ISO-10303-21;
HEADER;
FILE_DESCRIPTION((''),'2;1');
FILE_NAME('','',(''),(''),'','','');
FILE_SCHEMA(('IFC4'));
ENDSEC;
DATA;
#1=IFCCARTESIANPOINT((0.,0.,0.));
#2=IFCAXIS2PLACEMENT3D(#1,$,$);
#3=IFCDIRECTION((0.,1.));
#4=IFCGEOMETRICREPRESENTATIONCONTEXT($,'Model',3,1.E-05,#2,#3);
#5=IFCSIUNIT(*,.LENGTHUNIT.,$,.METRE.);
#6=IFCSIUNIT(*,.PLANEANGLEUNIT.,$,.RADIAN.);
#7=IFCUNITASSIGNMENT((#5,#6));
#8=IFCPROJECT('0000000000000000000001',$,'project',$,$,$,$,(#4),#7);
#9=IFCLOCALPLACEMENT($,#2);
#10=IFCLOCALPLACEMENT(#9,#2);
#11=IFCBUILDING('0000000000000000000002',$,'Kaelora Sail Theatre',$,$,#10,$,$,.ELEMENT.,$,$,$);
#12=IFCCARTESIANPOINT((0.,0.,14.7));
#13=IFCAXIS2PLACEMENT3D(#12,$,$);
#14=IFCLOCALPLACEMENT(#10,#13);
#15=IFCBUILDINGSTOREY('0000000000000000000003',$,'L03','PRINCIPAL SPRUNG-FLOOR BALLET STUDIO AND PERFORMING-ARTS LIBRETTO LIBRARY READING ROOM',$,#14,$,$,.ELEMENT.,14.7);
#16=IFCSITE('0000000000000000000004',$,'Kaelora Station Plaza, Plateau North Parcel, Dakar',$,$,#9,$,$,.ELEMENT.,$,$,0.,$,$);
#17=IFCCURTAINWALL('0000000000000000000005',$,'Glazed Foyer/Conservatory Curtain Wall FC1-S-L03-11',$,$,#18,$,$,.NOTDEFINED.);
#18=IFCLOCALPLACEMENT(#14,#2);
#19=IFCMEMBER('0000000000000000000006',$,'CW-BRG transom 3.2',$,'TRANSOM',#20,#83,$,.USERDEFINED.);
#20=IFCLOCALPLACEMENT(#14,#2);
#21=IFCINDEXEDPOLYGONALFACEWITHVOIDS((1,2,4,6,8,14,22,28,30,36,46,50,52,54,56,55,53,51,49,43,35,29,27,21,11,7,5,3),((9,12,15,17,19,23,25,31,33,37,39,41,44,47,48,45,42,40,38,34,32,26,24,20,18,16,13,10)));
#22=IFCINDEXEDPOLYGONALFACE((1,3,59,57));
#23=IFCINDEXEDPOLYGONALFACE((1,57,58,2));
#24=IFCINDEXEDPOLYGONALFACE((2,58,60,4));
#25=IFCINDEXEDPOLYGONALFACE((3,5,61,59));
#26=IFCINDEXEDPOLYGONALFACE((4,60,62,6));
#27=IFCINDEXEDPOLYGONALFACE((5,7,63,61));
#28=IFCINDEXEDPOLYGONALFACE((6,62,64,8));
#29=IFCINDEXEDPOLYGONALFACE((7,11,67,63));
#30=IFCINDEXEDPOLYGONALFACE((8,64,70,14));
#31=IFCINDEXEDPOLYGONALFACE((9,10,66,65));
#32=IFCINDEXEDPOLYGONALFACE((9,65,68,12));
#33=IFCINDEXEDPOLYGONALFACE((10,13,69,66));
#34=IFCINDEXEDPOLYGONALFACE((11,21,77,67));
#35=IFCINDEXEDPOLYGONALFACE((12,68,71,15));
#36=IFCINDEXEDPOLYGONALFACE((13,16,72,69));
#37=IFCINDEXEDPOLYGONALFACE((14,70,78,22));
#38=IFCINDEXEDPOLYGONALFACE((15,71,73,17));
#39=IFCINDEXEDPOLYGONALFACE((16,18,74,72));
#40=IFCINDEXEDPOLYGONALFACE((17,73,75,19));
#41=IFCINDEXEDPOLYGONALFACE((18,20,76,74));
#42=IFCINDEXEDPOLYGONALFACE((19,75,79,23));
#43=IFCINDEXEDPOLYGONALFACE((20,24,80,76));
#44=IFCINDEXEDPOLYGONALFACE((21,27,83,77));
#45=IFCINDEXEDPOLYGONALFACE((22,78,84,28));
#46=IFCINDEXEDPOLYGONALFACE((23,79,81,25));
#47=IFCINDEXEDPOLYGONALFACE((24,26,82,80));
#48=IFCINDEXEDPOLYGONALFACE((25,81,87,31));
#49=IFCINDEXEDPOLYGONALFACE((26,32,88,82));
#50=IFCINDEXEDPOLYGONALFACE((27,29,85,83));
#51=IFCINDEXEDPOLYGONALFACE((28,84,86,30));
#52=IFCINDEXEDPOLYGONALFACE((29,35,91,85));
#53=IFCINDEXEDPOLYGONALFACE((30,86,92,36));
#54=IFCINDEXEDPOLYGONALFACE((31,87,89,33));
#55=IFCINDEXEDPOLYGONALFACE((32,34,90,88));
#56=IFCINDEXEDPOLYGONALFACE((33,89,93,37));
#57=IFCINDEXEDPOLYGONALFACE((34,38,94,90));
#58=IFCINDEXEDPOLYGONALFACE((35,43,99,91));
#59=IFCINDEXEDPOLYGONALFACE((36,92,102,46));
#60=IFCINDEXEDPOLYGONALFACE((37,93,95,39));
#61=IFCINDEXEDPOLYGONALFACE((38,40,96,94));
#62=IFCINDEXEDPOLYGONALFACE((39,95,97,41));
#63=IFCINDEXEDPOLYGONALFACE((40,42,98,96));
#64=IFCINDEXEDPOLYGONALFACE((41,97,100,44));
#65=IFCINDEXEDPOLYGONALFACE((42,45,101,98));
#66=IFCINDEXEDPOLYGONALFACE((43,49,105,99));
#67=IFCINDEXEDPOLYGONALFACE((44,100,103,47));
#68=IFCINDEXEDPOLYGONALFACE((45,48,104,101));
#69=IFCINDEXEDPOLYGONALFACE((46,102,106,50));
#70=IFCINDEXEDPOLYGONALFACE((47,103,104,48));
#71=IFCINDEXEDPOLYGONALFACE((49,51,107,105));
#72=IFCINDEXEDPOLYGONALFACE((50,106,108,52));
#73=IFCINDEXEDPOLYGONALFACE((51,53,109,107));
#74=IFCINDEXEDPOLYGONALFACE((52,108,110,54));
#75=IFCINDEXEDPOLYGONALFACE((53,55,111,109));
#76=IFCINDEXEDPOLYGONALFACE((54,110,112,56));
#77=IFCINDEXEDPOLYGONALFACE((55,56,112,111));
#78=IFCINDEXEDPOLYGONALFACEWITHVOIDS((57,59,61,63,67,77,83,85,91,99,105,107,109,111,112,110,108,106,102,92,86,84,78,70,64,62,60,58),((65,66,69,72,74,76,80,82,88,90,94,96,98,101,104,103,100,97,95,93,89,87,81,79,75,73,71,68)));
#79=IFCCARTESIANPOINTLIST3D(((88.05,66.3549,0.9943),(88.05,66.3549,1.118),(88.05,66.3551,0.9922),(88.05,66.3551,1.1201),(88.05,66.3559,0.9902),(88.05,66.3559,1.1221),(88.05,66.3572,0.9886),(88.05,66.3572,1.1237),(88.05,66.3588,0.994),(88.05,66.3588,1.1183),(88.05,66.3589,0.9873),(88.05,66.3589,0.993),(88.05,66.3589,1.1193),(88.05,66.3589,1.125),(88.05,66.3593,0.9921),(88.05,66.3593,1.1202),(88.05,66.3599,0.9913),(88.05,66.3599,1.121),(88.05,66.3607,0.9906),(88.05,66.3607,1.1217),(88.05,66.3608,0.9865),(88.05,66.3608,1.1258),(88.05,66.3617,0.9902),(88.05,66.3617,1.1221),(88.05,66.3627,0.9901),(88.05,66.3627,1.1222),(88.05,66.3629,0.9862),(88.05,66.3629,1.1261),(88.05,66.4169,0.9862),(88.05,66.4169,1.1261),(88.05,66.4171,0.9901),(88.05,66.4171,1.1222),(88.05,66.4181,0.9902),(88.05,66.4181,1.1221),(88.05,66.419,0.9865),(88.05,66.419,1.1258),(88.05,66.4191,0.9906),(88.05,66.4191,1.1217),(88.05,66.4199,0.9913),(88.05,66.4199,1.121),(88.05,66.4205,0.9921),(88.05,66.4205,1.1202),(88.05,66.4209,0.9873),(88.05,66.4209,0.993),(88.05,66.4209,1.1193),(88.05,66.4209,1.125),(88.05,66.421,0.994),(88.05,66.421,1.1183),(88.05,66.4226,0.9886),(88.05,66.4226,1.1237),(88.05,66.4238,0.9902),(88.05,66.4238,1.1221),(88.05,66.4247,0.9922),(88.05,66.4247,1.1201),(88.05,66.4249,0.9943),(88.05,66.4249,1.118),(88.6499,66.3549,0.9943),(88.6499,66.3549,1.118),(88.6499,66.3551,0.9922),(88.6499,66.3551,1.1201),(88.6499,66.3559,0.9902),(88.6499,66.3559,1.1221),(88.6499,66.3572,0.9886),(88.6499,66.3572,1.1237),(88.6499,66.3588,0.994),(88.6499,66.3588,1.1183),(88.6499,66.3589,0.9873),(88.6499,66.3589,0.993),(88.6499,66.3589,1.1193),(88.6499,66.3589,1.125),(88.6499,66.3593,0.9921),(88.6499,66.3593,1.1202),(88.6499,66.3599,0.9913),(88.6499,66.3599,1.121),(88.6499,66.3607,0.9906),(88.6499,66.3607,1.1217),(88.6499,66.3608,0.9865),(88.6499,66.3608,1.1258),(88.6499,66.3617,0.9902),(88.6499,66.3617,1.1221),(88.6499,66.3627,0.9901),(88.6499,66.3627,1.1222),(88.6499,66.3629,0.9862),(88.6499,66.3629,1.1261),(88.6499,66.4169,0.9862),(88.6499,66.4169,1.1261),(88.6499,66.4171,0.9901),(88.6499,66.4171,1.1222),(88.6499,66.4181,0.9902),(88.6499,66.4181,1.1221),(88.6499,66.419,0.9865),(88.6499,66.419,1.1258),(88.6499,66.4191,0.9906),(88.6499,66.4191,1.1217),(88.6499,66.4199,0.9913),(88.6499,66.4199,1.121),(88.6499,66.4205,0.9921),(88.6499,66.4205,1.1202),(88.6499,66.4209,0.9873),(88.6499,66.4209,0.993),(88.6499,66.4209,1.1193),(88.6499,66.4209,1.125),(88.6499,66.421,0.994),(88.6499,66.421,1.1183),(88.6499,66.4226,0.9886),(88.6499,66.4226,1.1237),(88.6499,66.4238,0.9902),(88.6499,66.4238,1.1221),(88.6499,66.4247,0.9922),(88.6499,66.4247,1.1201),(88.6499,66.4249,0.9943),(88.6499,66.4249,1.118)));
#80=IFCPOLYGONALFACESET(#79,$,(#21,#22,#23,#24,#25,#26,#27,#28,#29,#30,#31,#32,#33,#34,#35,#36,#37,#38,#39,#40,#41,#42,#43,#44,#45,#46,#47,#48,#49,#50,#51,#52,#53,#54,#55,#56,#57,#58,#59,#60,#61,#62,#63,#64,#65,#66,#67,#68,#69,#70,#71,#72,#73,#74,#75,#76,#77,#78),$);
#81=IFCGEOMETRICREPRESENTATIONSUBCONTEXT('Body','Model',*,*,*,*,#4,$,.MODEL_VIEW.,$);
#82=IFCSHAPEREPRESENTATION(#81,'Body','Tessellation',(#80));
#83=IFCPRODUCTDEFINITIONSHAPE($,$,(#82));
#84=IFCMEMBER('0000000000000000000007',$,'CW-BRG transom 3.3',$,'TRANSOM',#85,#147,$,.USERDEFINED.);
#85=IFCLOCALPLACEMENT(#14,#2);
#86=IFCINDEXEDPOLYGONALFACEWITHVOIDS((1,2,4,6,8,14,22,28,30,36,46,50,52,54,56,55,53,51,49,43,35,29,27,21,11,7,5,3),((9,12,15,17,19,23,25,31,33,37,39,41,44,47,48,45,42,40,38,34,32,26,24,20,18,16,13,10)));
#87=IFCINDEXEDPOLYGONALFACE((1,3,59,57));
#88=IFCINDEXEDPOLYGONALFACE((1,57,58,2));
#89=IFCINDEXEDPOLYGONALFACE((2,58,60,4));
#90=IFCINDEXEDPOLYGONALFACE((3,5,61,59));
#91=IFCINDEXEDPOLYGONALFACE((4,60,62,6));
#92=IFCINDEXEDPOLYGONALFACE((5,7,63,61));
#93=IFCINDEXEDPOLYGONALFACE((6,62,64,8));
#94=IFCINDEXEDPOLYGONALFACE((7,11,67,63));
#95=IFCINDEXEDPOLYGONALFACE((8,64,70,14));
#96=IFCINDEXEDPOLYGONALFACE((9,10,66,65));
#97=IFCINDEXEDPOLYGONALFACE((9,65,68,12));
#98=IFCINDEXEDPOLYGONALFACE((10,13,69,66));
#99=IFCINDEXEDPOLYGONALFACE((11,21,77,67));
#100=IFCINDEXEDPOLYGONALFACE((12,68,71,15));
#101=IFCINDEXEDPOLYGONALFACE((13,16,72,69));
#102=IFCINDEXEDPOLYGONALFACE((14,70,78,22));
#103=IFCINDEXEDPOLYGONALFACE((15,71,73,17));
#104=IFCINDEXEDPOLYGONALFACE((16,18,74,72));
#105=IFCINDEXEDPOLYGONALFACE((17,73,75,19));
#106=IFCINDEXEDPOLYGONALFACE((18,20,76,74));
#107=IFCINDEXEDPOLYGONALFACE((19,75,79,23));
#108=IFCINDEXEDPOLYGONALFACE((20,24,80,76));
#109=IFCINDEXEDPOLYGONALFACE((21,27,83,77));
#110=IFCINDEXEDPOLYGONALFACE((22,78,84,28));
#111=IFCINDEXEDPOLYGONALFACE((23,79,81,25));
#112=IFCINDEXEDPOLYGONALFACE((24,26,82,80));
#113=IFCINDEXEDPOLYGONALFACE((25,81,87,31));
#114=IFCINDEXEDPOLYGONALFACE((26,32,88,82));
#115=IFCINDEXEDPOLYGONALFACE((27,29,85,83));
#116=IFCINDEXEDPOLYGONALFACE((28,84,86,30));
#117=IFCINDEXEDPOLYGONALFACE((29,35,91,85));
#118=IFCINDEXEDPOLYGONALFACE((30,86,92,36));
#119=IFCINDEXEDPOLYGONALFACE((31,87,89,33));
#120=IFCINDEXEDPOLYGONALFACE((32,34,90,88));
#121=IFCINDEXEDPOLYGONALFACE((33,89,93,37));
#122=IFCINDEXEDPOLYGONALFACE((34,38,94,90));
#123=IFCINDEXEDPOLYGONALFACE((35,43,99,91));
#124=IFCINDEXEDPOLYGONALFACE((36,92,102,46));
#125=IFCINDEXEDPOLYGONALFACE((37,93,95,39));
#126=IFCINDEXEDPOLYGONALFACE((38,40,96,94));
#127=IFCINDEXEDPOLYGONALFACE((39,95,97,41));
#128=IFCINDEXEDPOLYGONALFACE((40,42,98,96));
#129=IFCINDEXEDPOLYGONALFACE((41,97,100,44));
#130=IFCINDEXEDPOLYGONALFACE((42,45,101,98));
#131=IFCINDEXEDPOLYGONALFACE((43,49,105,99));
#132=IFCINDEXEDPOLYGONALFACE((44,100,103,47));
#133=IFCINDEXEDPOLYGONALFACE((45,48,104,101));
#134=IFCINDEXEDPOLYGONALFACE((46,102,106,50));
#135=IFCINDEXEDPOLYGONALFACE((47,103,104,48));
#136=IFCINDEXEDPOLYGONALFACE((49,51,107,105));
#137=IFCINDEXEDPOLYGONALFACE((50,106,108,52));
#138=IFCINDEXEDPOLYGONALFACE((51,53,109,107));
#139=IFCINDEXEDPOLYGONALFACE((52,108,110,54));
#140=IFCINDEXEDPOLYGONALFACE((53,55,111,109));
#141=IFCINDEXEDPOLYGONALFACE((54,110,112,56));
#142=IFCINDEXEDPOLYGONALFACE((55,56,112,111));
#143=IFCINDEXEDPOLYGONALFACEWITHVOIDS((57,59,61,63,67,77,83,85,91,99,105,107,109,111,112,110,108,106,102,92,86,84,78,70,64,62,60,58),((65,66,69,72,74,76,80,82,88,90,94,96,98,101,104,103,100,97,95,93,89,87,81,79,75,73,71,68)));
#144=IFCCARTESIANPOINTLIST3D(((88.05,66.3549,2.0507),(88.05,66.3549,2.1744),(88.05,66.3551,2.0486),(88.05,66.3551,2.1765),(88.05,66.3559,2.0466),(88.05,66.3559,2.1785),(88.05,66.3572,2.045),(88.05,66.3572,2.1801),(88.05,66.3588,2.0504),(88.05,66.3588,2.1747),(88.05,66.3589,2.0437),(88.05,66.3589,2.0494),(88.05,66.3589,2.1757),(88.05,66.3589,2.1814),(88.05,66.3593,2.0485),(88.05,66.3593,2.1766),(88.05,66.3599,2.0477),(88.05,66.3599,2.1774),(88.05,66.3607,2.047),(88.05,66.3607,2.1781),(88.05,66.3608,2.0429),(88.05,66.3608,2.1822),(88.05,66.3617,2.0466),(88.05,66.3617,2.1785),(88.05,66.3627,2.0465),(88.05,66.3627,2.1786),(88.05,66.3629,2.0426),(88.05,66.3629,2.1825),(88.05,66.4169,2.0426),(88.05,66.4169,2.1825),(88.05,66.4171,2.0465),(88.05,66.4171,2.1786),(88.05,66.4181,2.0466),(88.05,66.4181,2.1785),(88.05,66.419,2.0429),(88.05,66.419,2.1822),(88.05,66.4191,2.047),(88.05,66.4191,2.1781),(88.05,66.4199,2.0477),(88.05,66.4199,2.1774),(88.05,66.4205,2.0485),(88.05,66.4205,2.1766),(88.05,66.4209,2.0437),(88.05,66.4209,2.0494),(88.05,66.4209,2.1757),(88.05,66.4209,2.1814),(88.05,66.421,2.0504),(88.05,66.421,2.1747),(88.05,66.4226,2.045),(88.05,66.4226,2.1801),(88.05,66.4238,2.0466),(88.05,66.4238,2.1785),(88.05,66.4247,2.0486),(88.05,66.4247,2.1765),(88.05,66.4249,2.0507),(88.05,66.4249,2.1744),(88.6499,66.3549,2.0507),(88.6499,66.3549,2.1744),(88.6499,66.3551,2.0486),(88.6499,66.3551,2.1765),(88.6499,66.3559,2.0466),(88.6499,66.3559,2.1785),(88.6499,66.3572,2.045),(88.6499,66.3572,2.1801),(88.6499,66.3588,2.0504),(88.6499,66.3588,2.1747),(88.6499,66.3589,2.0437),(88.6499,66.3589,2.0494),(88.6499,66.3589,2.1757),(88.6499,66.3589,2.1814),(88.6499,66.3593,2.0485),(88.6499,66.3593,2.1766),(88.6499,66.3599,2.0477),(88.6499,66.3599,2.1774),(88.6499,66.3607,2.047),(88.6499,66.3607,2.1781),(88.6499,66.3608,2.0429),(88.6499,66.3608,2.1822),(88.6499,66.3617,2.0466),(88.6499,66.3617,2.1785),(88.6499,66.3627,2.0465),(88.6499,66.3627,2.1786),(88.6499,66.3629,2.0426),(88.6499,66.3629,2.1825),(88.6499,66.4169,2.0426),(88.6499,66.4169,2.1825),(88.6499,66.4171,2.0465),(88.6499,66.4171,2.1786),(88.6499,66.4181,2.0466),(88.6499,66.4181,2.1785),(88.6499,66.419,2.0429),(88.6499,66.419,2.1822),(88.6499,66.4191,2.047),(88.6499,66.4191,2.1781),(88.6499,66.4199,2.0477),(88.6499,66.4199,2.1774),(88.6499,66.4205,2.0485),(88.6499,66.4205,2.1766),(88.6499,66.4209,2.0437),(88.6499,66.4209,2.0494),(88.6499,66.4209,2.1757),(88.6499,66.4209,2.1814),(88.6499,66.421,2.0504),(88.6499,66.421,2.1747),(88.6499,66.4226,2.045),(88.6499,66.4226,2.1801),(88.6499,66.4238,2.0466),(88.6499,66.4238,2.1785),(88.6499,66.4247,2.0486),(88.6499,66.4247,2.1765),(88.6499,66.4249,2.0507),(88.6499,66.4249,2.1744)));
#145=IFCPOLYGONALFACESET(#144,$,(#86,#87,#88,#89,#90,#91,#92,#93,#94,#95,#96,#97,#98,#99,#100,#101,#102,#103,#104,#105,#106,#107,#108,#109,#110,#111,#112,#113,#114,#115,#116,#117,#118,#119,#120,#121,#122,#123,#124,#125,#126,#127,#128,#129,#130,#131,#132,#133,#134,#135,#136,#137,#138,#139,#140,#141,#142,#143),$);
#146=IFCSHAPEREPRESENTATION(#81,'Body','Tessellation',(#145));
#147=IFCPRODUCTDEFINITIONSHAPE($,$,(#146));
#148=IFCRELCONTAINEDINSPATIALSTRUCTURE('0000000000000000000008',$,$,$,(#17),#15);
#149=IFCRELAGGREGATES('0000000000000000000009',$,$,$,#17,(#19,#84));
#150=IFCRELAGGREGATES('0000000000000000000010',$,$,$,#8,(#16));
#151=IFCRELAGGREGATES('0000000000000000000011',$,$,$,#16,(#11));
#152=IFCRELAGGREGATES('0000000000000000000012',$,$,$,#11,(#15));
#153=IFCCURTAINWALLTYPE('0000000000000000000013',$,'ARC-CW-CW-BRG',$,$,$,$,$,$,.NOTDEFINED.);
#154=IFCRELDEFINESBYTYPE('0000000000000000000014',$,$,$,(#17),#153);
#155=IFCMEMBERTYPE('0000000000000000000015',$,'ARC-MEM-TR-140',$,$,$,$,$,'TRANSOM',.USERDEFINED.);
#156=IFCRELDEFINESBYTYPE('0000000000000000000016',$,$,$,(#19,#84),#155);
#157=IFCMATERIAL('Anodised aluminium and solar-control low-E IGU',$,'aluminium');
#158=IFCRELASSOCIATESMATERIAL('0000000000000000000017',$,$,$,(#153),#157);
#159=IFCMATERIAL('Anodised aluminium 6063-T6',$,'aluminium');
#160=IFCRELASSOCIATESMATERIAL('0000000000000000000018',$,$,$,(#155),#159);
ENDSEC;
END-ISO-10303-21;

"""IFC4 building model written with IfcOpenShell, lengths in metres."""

from ifc_helpers import new_model, si_unit, direction, frame, origin, origin_2d, place, context, subcontext, project, spatial, hollow_rectangle, extrude, material, material_profile, profile_set, type_object, element, aggregate, save


model = new_model("IFC4")

# Units and contexts
model_context = context("Model", 3, precision=1e-05, world=origin(), true_north=direction((0.0, 1.0)))
body_context = subcontext(model_context, "Body", "Model", "MODEL_VIEW")
ifc_project = project(units=[si_unit("LENGTHUNIT", "METRE"), si_unit("PLANEANGLEUNIT", "RADIAN")], contexts=[model_context])

# Site, building, storey
site_placement = place(None, origin())
site = spatial("IfcSite", under=ifc_project, at=site_placement, Name="Kaelora Station Plaza, Plateau North Parcel, Dakar", CompositionType="ELEMENT", RefElevation=0.0)
building_placement = place(site_placement, origin())
building = spatial("IfcBuilding", under=site, at=building_placement, Name="Kaelora Sail Theatre", CompositionType="ELEMENT")
storey_placement = place(building_placement, frame((0.0, 0.0, 14.7)))
storey = spatial("IfcBuildingStorey", under=building, at=storey_placement, Name="L03", Description="PRINCIPAL SPRUNG-FLOOR BALLET STUDIO AND PERFORMING-ARTS LIBRETTO LIBRARY READING ROOM", CompositionType="ELEMENT", Elevation=14.7)

# Curtain wall, members
ifc_material_1 = material(Name="Anodised aluminium and solar-control low-E IGU", Category="aluminium")
curtain_wall_type = type_object("IfcCurtainWallType", Name="ARC-CW-CW-BRG", PredefinedType="NOTDEFINED", material=ifc_material_1)
curtain_wall_placement = place(storey_placement, origin())
curtain_wall = element("IfcCurtainWall", 1, at=curtain_wall_placement, inside=storey, type_object=curtain_wall_type, Name="Glazed Foyer/Conservatory Curtain Wall FC1-S-L03-11", PredefinedType="NOTDEFINED")
ifc_material_2 = material(Name="Anodised aluminium 6063-T6", Category="aluminium")
ifc_material_profile_1 = material_profile(ifc_material_2, hollow_rectangle(XDim=0.0701, YDim=0.1399, WallThickness=0.0039, InnerFilletRadius=0.0039, OuterFilletRadius=0.0081, at=origin_2d()), Name="ALU-TRAN 70x140x4")
ifc_profile_set_1 = profile_set([ifc_material_profile_1], Name="Anodised aluminium 6063-T6")
member_type_1 = type_object("IfcMemberType", Name="ARC-MEM-TR-140", ElementType="TRANSOM", PredefinedType="USERDEFINED", material=ifc_profile_set_1)
member_1_placement = place(storey_placement, frame((88.05, 66.3899, 1.0562), z_axis=(1.0, 0.0, 0.0), x_axis=(0.0, 1.0, 0.0)))
member_1 = element("IfcMember", 2, at=member_1_placement, type_object=member_type_1, Name="CW-BRG transom 3.2", ObjectType="TRANSOM", PredefinedType="USERDEFINED", context=body_context, shape_type="SweptSolid", body=[
    extrude(hollow_rectangle(XDim=0.0701, YDim=0.1399, WallThickness=0.0039, InnerFilletRadius=0.0039, OuterFilletRadius=0.0081, at=origin_2d()), origin(), (0.0, 0.0, 1.0), 0.5999),
])
member_2_placement = place(storey_placement, frame((88.05, 66.3899, 2.1125), z_axis=(1.0, 0.0, 0.0), x_axis=(0.0, 1.0, 0.0)))
member_2 = element("IfcMember", 3, at=member_2_placement, type_object=member_type_1, Name="CW-BRG transom 3.3", ObjectType="TRANSOM", PredefinedType="USERDEFINED", context=body_context, shape_type="SweptSolid", body=[
    extrude(hollow_rectangle(XDim=0.0701, YDim=0.1399, WallThickness=0.0039, InnerFilletRadius=0.0039, OuterFilletRadius=0.0081, at=origin_2d()), origin(), (0.0, 0.0, 1.0), 0.5999),
])
aggregate(curtain_wall, [member_1, member_2])

save(model, "model.ifc")
